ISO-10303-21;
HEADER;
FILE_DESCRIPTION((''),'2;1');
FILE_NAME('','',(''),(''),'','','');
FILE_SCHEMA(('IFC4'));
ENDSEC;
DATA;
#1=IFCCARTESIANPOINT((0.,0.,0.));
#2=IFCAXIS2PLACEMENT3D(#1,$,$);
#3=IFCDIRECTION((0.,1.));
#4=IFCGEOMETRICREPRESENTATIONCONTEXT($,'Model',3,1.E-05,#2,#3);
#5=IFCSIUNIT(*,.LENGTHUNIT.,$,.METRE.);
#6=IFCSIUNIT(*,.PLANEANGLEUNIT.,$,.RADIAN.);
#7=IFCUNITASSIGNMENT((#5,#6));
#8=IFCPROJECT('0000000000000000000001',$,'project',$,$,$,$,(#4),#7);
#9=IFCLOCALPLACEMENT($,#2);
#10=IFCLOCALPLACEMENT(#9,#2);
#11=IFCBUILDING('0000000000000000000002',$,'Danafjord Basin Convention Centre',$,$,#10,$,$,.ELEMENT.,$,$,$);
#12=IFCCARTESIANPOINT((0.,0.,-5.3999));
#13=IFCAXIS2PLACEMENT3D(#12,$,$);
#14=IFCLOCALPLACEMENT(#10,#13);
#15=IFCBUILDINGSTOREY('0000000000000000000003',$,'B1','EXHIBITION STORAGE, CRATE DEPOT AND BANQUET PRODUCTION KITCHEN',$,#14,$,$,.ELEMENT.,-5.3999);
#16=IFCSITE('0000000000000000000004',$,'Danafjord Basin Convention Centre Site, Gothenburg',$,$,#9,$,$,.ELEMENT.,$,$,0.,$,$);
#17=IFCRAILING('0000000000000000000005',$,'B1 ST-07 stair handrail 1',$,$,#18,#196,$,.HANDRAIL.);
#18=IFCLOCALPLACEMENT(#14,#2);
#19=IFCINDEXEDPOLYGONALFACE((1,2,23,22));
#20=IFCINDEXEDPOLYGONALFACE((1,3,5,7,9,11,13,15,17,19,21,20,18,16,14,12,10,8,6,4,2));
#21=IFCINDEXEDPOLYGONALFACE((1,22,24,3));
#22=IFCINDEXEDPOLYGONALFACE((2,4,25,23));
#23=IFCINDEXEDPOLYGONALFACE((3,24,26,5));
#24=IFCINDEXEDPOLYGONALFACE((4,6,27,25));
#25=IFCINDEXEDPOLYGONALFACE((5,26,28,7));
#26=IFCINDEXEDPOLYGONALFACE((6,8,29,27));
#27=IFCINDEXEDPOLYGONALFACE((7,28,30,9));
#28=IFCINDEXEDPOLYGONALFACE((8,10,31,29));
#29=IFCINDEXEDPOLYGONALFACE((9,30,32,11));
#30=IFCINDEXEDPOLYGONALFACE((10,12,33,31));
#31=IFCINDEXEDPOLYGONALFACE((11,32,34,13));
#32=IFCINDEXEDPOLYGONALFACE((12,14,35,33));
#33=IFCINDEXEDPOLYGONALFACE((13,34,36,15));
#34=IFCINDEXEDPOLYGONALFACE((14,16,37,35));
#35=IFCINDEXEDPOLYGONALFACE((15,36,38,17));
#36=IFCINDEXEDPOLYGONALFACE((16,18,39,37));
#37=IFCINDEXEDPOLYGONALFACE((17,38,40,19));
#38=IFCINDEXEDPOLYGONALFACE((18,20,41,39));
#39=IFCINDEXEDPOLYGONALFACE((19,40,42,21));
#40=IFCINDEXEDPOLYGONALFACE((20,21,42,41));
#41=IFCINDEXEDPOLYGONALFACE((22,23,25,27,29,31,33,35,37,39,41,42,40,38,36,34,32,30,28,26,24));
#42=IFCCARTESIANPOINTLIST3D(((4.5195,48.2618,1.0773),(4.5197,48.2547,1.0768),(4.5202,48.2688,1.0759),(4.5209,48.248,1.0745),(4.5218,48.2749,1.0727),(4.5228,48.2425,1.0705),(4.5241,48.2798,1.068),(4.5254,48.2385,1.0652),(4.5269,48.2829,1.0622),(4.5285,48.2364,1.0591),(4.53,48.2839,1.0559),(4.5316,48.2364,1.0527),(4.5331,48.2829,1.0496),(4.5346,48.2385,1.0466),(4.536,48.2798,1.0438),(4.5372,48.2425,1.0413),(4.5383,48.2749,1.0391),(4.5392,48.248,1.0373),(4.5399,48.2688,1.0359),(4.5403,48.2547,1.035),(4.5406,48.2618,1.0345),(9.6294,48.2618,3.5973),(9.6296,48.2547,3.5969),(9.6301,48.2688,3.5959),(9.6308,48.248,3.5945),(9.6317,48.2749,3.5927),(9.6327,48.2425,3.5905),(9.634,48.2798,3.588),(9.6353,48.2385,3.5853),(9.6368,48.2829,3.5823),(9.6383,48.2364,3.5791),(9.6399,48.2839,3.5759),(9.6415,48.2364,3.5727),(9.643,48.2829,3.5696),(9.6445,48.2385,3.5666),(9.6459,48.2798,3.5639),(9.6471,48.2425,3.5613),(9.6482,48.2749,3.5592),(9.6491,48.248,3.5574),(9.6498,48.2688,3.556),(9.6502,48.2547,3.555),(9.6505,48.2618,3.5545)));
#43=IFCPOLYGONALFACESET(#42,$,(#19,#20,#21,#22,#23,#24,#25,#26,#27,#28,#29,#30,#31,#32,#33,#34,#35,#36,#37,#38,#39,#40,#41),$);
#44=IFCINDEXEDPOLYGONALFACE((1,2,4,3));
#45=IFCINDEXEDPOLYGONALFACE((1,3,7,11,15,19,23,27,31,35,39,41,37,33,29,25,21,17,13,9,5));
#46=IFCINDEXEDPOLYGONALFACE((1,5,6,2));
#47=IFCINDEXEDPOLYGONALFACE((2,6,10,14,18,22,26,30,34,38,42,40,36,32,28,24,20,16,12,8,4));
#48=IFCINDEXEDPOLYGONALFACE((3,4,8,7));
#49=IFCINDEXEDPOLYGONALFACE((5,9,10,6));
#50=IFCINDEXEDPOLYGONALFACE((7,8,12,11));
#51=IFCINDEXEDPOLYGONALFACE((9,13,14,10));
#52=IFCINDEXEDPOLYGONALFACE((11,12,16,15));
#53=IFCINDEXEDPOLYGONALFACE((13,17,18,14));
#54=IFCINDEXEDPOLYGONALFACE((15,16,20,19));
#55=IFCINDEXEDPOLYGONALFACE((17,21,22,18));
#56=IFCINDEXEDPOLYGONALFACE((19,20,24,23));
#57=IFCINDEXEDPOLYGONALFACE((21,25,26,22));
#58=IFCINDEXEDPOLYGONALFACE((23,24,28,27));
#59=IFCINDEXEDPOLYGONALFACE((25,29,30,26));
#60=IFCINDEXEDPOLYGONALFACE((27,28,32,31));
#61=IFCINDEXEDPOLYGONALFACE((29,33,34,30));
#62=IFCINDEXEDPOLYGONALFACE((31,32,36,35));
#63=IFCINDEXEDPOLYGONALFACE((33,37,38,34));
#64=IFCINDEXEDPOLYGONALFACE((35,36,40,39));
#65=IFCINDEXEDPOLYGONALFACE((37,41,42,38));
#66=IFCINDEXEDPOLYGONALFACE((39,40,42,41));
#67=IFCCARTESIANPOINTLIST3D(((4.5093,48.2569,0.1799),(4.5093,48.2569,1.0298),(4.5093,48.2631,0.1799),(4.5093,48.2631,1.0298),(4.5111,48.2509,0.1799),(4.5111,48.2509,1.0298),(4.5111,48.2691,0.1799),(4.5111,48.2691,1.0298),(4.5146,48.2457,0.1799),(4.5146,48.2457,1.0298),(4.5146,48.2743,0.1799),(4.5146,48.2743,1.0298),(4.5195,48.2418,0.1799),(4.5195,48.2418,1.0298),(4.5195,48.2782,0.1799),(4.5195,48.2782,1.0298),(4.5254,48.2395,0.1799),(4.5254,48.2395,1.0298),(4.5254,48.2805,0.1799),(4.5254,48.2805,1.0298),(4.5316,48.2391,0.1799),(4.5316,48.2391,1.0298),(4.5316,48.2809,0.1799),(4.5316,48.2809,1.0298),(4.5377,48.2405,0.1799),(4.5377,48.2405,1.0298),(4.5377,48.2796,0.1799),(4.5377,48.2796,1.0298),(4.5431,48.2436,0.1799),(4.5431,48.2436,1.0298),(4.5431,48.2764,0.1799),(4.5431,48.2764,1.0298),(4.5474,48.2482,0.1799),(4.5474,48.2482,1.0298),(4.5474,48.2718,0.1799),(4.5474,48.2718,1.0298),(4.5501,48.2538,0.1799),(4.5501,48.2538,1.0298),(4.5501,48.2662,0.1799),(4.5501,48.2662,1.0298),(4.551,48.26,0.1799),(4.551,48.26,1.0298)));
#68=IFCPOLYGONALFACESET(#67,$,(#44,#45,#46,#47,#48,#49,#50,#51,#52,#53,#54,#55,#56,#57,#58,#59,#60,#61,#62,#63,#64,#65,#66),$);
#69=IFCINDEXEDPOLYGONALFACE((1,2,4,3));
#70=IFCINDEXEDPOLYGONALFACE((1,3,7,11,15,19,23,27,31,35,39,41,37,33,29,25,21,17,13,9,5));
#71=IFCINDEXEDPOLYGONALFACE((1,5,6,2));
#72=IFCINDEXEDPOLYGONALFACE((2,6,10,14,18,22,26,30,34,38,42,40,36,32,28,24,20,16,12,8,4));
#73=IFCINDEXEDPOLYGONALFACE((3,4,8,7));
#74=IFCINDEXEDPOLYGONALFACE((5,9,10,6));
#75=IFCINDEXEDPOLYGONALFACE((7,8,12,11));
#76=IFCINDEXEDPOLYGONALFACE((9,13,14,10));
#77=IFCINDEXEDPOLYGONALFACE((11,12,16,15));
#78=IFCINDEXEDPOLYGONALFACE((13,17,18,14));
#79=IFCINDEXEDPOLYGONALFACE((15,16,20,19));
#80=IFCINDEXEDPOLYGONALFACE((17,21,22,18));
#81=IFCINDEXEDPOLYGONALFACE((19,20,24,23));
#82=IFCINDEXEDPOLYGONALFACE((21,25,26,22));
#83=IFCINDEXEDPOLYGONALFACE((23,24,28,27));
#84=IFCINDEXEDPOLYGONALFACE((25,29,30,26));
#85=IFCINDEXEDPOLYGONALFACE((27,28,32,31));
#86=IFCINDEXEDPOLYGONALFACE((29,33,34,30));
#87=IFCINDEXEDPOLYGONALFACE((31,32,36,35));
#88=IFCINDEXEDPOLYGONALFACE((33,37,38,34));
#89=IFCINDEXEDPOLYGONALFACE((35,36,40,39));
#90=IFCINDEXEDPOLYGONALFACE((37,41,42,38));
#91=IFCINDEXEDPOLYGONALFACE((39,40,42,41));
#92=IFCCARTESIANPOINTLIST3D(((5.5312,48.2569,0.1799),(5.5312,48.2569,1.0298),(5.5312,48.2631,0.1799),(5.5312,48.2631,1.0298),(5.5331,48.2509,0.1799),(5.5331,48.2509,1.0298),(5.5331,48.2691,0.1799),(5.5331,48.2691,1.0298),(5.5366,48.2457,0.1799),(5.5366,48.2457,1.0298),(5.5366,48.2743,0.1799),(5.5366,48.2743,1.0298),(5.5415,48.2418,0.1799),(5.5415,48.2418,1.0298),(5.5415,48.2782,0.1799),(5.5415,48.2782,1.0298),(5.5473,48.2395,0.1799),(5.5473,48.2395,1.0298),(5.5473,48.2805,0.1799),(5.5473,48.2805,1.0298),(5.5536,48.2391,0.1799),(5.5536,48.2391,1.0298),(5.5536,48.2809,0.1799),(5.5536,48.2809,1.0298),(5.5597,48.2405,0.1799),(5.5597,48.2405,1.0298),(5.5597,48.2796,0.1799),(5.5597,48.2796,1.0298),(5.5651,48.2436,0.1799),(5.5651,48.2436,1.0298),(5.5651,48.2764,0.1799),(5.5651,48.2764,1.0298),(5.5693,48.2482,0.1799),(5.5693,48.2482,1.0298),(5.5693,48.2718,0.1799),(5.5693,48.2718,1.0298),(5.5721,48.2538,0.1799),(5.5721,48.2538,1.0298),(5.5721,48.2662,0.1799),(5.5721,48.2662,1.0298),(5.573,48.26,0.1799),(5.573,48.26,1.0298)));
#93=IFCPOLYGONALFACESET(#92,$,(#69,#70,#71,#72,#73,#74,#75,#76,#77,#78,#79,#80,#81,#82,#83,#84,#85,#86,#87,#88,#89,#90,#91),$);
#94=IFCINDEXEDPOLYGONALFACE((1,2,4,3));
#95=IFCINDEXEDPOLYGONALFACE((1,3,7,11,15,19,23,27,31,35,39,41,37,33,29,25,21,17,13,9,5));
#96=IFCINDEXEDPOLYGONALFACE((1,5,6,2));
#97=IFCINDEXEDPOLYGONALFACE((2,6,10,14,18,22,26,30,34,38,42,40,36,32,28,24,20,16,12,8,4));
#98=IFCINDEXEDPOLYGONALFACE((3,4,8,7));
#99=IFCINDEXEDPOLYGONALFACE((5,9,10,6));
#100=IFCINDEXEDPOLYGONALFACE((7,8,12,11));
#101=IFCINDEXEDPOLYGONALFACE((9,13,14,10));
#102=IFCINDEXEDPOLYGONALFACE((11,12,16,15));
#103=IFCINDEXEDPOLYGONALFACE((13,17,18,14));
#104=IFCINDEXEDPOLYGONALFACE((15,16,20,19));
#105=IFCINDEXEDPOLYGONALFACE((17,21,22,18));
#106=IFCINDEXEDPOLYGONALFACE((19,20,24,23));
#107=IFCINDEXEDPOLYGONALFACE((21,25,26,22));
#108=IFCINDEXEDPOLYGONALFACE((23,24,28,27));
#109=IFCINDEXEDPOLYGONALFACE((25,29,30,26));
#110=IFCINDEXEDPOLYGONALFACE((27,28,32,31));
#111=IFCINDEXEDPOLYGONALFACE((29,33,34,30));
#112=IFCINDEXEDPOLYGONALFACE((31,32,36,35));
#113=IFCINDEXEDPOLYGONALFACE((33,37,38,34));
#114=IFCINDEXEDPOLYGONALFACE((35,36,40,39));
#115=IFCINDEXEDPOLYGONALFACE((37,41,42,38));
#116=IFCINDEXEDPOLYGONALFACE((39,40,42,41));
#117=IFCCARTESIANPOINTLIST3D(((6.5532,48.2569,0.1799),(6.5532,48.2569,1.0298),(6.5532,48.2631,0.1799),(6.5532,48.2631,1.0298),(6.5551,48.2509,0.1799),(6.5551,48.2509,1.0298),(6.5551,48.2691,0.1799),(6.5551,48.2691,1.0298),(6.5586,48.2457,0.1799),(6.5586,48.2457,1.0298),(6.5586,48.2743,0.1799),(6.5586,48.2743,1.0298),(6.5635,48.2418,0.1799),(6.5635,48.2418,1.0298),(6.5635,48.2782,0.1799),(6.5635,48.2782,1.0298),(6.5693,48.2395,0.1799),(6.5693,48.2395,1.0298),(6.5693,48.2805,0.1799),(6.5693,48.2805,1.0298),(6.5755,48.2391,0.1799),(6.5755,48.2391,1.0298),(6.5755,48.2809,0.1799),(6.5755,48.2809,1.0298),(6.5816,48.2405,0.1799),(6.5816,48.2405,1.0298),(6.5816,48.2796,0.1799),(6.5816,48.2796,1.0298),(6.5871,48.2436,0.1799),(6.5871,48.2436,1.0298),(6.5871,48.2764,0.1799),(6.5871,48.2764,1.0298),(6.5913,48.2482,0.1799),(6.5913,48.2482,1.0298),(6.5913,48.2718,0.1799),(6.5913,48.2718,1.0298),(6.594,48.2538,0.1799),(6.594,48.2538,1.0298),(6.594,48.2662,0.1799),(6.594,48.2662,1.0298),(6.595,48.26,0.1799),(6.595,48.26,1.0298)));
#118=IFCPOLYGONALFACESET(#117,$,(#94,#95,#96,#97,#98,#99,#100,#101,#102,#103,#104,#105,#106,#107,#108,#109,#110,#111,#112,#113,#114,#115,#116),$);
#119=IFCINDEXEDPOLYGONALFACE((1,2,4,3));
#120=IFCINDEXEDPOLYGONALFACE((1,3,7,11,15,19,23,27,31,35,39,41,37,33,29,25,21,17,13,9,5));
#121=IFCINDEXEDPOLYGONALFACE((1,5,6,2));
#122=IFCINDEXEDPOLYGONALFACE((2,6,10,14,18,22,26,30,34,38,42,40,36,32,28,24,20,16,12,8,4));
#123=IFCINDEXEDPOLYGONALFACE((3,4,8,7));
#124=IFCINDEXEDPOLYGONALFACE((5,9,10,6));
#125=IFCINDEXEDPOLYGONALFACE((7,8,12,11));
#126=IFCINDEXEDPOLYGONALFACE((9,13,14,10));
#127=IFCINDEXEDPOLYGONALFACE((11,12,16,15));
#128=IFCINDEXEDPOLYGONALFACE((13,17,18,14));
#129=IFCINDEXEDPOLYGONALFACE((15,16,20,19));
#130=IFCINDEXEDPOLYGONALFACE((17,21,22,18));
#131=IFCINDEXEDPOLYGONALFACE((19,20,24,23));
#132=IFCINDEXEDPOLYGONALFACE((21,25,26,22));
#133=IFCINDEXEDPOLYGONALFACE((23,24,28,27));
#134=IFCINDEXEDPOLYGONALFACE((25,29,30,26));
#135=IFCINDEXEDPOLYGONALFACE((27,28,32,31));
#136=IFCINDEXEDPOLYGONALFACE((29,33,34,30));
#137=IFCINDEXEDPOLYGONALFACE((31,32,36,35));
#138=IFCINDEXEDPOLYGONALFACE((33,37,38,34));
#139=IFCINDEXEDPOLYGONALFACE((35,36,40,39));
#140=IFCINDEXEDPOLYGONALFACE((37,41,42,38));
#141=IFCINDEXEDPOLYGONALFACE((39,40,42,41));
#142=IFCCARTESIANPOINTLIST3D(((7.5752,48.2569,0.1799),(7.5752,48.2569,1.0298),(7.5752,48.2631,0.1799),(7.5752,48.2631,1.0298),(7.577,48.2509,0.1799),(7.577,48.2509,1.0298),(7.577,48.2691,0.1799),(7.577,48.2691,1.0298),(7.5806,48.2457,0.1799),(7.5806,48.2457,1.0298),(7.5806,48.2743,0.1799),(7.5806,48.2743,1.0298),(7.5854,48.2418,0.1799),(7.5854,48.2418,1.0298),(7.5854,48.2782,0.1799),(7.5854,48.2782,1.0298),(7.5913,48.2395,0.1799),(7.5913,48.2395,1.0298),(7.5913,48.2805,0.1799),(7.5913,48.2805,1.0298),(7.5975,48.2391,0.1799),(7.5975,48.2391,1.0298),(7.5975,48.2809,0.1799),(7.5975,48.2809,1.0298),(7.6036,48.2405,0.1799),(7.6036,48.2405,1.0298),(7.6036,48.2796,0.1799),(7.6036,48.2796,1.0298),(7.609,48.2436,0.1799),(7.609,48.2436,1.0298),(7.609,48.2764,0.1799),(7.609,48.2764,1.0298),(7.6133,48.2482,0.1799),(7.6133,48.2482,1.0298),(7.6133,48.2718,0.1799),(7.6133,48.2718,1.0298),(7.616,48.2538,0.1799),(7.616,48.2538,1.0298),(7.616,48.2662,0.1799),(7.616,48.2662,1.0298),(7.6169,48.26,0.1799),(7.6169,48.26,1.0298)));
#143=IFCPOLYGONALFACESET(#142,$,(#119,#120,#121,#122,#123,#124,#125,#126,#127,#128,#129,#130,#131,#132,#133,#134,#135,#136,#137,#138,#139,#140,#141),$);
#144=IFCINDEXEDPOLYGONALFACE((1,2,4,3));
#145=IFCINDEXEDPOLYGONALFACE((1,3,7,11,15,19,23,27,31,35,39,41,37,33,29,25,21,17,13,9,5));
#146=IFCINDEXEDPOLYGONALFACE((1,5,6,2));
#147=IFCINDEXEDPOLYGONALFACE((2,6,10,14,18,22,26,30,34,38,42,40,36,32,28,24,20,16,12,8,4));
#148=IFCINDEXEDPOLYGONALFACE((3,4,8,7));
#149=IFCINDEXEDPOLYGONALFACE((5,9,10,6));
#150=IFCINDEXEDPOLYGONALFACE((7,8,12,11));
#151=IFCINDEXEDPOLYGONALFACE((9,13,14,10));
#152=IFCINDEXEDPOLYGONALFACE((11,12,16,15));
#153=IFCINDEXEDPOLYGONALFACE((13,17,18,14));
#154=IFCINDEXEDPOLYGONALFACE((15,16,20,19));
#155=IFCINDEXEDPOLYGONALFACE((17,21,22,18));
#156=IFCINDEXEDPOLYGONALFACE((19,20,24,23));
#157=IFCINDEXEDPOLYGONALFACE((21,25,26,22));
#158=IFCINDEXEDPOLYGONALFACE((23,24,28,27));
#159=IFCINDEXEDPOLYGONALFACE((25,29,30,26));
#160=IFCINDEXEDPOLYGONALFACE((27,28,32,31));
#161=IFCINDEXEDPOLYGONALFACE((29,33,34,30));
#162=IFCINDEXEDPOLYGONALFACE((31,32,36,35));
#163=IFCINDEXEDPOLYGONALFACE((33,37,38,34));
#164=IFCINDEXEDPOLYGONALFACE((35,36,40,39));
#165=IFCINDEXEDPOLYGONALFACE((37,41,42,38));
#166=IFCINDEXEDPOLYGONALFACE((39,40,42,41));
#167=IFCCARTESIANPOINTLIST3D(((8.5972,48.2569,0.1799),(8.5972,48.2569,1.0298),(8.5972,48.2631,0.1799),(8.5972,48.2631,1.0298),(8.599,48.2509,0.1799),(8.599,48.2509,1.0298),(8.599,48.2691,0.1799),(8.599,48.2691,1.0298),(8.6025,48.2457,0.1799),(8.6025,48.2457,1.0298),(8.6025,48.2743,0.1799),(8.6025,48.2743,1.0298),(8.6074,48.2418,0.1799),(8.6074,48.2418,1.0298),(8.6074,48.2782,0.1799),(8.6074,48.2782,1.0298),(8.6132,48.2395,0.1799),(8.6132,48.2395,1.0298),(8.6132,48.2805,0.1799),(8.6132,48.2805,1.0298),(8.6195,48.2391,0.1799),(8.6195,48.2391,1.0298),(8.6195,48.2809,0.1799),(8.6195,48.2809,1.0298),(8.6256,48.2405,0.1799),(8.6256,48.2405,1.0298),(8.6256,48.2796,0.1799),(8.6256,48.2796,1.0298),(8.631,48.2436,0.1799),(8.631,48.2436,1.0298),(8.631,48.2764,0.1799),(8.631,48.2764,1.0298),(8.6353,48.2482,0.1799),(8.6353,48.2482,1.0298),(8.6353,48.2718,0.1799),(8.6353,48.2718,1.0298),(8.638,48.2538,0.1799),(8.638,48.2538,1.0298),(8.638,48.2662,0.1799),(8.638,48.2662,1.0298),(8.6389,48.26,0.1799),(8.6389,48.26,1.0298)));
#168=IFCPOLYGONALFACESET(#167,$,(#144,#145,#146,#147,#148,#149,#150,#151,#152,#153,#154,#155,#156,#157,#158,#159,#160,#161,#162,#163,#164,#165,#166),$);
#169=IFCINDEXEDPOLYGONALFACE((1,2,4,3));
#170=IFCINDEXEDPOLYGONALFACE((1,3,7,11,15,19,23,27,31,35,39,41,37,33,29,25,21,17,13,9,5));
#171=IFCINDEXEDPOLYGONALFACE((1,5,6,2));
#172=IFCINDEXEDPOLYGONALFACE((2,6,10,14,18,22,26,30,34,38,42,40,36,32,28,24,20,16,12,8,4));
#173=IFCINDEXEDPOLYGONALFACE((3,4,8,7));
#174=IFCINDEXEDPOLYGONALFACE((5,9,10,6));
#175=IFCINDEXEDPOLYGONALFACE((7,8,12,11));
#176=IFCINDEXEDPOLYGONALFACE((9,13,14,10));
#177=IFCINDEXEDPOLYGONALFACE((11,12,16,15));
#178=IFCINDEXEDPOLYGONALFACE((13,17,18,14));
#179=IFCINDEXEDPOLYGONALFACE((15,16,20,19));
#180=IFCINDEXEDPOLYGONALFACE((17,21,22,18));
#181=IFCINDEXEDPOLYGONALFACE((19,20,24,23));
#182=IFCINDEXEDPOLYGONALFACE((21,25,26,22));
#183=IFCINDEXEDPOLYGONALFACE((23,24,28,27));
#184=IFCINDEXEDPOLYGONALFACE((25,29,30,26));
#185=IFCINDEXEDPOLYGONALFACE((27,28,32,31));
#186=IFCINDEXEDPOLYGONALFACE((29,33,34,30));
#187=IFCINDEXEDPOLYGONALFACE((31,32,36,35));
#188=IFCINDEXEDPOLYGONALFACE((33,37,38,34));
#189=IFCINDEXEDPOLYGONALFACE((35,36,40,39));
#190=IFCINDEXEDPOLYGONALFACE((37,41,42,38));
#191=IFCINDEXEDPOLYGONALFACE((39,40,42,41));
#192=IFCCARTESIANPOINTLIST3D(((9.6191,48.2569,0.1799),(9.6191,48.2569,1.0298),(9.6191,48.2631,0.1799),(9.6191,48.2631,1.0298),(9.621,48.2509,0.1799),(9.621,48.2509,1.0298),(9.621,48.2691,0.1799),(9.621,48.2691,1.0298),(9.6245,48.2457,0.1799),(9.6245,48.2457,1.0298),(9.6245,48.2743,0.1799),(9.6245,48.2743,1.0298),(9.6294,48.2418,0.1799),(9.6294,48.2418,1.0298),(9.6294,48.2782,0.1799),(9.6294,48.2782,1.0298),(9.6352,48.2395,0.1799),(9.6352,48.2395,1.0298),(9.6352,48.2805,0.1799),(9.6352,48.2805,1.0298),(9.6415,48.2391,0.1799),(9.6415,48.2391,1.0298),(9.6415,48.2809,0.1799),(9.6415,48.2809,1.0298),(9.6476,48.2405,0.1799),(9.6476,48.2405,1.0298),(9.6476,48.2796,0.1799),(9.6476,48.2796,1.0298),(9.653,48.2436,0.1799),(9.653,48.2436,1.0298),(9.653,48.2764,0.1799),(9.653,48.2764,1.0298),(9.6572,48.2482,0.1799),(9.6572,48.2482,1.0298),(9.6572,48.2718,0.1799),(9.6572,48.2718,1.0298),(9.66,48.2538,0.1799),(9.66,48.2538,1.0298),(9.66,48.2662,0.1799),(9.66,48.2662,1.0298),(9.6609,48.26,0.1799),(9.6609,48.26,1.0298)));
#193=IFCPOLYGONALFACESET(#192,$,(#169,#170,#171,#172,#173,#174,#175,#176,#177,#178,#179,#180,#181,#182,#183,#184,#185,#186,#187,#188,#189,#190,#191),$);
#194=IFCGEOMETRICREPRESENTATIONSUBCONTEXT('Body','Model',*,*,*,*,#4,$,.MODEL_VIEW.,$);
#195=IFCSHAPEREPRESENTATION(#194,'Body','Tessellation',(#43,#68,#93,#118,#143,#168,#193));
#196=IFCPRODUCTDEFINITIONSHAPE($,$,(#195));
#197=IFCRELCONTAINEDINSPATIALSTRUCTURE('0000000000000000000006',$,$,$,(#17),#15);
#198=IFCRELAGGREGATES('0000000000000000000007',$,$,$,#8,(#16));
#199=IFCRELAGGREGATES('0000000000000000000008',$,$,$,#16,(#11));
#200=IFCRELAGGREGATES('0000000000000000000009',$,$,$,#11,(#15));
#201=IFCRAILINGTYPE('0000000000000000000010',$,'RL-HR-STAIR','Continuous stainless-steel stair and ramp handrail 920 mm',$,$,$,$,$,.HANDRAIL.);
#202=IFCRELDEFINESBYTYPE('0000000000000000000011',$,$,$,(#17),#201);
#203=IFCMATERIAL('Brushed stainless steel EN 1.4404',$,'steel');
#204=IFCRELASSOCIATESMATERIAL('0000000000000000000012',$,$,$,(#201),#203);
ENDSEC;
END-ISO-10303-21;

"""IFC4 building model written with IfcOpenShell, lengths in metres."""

from ifc_helpers import new_model, si_unit, direction, frame, origin, origin_2d, place, context, subcontext, project, spatial, circle, extrude, material, type_object, element, save


model = new_model("IFC4")

# Units and contexts
model_context = context("Model", 3, precision=1e-05, world=origin(), true_north=direction((0.0, 1.0)))
body_context = subcontext(model_context, "Body", "Model", "MODEL_VIEW")
ifc_project = project(units=[si_unit("LENGTHUNIT", "METRE"), si_unit("PLANEANGLEUNIT", "RADIAN")], contexts=[model_context])

# Site, building, storey
site_placement = place(None, origin())
site = spatial("IfcSite", under=ifc_project, at=site_placement, Name="Danafjord Basin Convention Centre Site, Gothenburg", CompositionType="ELEMENT", RefElevation=0.0)
building_placement = place(site_placement, origin())
building = spatial("IfcBuilding", under=site, at=building_placement, Name="Danafjord Basin Convention Centre", CompositionType="ELEMENT")
storey_placement = place(building_placement, frame((0.0, 0.0, -5.3999)))
storey = spatial("IfcBuildingStorey", under=building, at=storey_placement, Name="B1", Description="EXHIBITION STORAGE, CRATE DEPOT AND BANQUET PRODUCTION KITCHEN", CompositionType="ELEMENT", Elevation=-5.3999)

# Railing
ifc_material_1 = material(Name="Brushed stainless steel EN 1.4404", Category="steel")
railing_type_1 = type_object("IfcRailingType", Name="RL-HR-STAIR", Description="Continuous stainless-steel stair and ramp handrail 920 mm", PredefinedType="HANDRAIL", material=ifc_material_1)
railing_1_placement = place(storey_placement, frame((4.53, 48.26, 0.1799)))
element("IfcRailing", 1, at=railing_1_placement, inside=storey, type_object=railing_type_1, Name="B1 ST-07 stair handrail 1", PredefinedType="HANDRAIL", context=body_context, shape_type="SweptSolid", body=[
    extrude(circle(Radius=0.0239, at=origin_2d()), frame((0.0, 0.0, 0.876), z_axis=(0.896865, 0.0, 0.442305), x_axis=(0.0, 1.0, 0.0)), (0.0, 0.0, 1.0), 5.6975),
    extrude(circle(Radius=0.021, at=origin_2d()), origin(), (0.0, 0.0, 1.0), 0.8499),
    extrude(circle(Radius=0.021, at=origin_2d()), frame((1.022, 0.0, 0.0)), (0.0, 0.0, 1.0), 0.8499),
    extrude(circle(Radius=0.021, at=origin_2d()), frame((2.0439, 0.0, 0.0)), (0.0, 0.0, 1.0), 0.8499),
    extrude(circle(Radius=0.021, at=origin_2d()), frame((3.0659, 0.0, 0.0)), (0.0, 0.0, 1.0), 0.8499),
    extrude(circle(Radius=0.021, at=origin_2d()), frame((4.0879, 0.0, 0.0)), (0.0, 0.0, 1.0), 0.8499),
    extrude(circle(Radius=0.021, at=origin_2d()), frame((5.1099, 0.0, 0.0)), (0.0, 0.0, 1.0), 0.8499),
])

save(model, "model.ifc")
